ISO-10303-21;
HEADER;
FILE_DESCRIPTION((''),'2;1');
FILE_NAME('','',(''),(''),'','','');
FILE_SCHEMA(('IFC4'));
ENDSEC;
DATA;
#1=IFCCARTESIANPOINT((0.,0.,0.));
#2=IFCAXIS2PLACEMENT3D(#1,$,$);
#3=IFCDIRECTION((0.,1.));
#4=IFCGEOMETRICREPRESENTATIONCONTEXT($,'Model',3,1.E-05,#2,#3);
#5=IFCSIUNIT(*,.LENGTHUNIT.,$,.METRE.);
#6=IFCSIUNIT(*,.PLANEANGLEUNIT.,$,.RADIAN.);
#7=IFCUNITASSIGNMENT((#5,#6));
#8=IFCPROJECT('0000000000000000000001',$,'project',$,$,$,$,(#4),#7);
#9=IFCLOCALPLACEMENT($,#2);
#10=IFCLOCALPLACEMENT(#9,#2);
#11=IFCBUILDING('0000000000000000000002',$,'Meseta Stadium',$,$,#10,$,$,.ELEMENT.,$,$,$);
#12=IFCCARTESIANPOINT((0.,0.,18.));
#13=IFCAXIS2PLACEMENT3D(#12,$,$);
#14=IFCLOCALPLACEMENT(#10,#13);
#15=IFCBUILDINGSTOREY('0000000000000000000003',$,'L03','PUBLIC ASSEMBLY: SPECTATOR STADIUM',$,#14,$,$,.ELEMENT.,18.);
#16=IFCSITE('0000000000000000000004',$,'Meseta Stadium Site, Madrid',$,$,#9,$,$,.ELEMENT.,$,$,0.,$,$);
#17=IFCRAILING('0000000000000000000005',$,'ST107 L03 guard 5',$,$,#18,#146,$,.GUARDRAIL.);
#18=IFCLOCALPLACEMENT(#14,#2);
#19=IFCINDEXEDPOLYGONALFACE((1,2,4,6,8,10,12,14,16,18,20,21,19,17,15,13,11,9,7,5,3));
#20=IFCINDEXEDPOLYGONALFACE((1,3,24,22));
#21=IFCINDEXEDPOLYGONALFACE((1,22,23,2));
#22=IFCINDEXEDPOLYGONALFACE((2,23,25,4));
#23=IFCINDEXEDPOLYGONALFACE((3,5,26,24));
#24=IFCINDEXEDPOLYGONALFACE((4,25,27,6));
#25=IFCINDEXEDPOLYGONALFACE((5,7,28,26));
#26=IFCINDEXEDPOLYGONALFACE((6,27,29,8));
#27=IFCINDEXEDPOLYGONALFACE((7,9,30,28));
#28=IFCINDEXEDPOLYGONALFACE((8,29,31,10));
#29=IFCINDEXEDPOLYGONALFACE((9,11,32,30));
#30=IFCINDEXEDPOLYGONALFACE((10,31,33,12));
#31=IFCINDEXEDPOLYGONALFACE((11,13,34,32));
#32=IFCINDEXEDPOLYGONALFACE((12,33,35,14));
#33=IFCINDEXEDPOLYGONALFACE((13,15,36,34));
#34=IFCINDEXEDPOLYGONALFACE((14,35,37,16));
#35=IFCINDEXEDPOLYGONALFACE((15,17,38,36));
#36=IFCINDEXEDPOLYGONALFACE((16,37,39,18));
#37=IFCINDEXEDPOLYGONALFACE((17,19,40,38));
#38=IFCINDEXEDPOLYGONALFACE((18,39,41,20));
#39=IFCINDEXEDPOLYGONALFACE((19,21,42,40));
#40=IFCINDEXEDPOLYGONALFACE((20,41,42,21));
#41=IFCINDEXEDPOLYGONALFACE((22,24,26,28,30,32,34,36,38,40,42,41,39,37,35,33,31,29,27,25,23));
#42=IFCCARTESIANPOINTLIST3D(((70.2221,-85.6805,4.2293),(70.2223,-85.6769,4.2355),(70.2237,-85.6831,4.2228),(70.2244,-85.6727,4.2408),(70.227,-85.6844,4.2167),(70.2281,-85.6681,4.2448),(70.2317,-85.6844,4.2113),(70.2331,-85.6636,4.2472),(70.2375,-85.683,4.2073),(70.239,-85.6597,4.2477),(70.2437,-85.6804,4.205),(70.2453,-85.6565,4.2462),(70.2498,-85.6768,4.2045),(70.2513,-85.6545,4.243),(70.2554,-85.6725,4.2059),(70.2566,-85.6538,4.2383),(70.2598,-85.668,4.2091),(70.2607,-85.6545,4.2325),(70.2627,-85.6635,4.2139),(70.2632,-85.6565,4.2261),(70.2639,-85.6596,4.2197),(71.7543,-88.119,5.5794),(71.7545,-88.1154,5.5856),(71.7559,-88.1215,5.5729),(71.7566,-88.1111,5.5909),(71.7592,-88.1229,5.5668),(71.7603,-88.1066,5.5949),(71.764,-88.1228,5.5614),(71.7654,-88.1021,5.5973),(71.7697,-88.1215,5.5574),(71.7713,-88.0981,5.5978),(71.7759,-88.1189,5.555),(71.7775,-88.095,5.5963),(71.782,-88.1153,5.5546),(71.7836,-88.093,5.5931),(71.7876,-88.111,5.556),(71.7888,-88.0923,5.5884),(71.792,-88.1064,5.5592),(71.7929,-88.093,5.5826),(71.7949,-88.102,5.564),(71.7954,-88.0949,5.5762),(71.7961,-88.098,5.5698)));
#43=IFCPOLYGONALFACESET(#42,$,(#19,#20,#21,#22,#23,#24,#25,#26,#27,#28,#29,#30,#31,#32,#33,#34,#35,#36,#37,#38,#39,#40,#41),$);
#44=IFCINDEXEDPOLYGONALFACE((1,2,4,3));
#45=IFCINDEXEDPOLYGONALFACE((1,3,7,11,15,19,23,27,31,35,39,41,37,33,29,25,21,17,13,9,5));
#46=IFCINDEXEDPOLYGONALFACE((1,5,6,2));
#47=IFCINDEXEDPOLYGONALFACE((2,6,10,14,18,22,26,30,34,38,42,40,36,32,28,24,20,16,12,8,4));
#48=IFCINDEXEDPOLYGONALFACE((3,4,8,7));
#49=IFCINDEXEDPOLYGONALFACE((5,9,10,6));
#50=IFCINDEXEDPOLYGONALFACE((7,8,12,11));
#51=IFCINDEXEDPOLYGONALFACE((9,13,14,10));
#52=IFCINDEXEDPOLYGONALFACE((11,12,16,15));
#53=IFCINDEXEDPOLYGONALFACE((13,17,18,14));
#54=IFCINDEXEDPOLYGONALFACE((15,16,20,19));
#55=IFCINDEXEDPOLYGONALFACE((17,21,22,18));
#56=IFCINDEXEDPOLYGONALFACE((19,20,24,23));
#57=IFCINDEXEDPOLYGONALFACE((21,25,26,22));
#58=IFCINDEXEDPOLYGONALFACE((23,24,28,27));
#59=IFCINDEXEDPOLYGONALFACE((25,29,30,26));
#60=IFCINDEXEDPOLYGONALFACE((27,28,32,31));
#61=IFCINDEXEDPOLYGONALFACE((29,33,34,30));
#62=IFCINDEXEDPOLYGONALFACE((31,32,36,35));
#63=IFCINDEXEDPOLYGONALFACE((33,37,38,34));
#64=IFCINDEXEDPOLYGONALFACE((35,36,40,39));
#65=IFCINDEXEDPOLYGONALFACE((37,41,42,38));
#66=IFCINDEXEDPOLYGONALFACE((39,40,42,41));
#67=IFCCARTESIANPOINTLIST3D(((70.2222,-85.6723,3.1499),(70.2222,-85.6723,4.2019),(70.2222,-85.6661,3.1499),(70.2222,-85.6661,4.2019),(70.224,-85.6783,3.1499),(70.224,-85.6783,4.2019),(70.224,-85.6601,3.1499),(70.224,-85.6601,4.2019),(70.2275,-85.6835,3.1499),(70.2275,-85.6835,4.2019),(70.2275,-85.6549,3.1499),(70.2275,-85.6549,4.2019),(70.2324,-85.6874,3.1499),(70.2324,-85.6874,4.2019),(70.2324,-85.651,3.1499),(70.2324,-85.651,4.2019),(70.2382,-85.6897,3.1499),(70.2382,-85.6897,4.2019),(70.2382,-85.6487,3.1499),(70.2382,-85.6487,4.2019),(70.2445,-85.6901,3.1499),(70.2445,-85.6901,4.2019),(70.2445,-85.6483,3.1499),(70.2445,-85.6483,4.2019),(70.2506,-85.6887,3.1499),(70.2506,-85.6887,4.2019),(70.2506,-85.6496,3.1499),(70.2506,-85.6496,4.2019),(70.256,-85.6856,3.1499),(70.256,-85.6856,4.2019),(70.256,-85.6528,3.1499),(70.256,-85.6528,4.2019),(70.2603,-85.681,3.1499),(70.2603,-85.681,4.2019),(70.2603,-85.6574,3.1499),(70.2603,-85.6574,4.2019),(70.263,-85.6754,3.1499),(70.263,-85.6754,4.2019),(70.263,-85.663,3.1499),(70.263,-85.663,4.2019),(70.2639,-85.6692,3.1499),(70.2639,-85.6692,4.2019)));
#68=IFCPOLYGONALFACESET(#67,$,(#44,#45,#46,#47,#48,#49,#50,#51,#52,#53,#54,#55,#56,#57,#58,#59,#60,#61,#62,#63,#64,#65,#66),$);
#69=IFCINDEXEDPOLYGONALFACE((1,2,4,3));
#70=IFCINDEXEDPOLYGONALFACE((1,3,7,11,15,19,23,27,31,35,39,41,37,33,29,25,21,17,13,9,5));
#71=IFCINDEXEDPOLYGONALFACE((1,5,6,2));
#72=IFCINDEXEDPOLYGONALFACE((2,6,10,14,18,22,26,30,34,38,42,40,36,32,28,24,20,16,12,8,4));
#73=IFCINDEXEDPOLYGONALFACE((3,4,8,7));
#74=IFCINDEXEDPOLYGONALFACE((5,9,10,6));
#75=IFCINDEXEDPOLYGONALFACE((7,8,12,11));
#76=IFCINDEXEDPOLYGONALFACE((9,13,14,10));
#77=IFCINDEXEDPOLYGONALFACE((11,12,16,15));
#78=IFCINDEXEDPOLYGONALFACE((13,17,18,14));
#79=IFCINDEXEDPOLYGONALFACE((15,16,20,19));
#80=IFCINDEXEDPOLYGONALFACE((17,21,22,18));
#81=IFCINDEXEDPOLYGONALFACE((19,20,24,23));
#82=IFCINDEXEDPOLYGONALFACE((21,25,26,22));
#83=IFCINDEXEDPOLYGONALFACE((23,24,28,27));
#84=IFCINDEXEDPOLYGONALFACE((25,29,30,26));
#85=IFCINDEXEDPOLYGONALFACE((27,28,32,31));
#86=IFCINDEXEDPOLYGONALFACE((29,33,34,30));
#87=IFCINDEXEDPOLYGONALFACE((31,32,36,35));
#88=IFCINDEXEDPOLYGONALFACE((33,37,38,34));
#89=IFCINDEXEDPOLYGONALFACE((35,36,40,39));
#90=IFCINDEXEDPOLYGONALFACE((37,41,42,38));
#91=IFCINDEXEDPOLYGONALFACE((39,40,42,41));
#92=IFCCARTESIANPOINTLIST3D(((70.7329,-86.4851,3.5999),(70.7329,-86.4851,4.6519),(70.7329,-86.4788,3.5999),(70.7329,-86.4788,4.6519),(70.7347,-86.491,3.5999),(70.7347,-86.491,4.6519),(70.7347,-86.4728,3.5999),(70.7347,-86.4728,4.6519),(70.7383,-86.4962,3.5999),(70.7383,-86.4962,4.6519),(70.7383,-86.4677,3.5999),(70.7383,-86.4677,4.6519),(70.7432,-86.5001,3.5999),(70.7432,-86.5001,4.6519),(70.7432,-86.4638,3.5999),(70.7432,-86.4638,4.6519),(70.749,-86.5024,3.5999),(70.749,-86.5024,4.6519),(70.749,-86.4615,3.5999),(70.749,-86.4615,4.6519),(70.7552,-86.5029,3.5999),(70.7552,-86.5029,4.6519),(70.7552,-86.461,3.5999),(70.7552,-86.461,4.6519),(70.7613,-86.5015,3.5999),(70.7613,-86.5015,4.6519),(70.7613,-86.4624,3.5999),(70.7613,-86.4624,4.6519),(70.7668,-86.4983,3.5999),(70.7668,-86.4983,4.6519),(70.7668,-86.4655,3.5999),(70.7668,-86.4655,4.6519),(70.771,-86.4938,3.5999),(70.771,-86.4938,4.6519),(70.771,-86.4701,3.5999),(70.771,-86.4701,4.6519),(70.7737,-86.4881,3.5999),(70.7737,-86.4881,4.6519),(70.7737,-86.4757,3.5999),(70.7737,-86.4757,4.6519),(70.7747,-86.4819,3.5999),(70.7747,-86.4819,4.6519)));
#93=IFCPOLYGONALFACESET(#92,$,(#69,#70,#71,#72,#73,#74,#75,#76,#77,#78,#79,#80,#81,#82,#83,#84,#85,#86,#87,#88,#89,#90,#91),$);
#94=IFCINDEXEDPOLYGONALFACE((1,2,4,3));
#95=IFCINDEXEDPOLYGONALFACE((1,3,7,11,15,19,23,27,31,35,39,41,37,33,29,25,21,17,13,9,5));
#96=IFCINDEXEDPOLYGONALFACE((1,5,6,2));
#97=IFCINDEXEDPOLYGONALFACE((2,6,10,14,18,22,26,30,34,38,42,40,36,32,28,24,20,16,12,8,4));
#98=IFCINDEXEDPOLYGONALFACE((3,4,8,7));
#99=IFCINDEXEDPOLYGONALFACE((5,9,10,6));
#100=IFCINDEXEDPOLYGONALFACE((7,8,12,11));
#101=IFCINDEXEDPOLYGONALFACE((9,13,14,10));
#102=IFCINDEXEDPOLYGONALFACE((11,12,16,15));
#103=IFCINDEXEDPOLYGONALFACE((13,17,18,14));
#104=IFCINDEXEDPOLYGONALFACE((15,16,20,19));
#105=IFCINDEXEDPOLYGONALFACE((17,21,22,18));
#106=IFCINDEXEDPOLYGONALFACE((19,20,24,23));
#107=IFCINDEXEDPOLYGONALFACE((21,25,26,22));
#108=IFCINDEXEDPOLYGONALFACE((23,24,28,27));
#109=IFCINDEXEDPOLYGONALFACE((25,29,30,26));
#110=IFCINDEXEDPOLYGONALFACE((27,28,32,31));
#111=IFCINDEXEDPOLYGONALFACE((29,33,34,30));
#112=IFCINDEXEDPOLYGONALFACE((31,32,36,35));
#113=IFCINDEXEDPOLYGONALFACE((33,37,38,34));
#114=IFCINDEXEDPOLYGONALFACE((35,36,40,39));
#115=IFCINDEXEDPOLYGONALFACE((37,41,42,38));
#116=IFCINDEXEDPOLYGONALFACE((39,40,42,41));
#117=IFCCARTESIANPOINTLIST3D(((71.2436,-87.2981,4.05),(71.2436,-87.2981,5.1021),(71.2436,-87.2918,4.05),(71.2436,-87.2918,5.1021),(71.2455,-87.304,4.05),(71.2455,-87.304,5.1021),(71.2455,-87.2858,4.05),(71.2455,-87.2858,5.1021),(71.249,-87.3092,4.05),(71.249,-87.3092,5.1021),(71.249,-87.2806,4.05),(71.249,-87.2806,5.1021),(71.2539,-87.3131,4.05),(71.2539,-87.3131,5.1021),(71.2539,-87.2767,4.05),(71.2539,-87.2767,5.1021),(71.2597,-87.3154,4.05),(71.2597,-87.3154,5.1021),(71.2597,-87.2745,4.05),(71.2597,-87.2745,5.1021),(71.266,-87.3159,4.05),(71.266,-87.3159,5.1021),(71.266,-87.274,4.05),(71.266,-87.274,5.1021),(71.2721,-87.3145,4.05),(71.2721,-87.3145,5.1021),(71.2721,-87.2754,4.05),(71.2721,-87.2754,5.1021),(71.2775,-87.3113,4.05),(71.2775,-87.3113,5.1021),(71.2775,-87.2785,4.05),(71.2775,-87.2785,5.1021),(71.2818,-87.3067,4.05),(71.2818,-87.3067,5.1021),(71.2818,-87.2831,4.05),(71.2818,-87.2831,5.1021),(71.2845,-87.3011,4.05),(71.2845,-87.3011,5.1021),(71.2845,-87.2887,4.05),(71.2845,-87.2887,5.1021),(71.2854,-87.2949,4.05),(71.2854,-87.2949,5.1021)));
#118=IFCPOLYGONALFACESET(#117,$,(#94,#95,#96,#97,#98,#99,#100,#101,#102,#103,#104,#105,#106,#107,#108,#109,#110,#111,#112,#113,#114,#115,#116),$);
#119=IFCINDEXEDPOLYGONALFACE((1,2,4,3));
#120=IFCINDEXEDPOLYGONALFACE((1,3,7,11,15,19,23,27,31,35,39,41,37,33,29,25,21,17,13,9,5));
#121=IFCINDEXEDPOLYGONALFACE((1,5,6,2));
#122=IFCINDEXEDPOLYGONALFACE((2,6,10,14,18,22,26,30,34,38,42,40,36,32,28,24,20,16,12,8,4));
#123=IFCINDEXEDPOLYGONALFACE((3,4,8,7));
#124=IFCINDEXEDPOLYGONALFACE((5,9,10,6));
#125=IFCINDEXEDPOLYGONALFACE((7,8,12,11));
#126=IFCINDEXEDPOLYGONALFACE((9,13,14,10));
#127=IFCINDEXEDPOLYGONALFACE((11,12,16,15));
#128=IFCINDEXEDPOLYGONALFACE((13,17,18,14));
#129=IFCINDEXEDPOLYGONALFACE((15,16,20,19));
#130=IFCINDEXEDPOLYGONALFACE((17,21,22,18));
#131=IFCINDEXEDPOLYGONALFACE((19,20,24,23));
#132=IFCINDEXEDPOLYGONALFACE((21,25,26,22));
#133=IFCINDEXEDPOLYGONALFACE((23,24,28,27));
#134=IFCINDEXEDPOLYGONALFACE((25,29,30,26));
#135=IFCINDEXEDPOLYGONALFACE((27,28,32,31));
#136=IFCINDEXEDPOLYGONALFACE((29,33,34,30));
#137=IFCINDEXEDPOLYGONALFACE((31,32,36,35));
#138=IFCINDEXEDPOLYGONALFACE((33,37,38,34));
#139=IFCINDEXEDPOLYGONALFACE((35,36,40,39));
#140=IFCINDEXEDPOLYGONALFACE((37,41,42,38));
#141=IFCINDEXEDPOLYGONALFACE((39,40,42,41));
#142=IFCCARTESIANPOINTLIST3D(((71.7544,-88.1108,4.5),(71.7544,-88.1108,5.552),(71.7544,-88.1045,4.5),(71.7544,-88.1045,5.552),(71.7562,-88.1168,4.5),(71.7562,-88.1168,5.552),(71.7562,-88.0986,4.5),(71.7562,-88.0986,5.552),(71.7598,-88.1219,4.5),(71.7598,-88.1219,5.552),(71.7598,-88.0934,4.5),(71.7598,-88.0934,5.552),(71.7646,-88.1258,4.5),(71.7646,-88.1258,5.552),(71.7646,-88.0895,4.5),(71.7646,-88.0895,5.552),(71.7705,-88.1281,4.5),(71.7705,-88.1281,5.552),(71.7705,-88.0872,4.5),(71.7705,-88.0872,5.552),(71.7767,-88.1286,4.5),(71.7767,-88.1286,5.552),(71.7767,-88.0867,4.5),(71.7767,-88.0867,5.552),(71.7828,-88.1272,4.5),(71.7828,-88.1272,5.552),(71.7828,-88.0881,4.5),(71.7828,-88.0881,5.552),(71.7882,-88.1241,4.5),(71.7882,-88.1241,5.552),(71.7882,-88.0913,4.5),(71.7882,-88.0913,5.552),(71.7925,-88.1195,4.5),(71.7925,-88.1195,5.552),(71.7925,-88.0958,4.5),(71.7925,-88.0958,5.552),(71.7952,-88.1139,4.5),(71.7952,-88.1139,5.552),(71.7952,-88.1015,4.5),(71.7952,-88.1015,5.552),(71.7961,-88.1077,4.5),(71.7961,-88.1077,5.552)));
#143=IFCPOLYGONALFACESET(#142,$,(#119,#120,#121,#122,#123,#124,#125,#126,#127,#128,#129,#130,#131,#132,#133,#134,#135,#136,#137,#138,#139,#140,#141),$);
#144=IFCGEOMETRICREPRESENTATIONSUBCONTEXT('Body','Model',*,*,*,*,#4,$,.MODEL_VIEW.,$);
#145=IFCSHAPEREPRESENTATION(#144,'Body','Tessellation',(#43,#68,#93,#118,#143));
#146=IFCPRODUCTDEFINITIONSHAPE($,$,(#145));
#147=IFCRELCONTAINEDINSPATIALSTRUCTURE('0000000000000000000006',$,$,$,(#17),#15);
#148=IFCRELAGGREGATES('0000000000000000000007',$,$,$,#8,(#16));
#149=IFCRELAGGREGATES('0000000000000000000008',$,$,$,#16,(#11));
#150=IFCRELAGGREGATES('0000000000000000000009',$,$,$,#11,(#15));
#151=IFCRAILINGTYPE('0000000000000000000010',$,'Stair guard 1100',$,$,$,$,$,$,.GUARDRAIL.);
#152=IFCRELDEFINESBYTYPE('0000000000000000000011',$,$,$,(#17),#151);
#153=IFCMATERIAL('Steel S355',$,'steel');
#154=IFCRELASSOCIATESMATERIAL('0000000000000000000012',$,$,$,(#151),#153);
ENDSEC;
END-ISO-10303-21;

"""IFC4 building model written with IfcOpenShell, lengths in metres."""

from ifc_helpers import new_model, si_unit, direction, frame, origin, origin_2d, place, context, subcontext, project, spatial, circle, extrude, material, type_object, element, save


model = new_model("IFC4")

# Units and contexts
model_context = context("Model", 3, precision=1e-05, world=origin(), true_north=direction((0.0, 1.0)))
body_context = subcontext(model_context, "Body", "Model", "MODEL_VIEW")
ifc_project = project(units=[si_unit("LENGTHUNIT", "METRE"), si_unit("PLANEANGLEUNIT", "RADIAN")], contexts=[model_context])

# Site, building, storey
site_placement = place(None, origin())
site = spatial("IfcSite", under=ifc_project, at=site_placement, Name="Meseta Stadium Site, Madrid", CompositionType="ELEMENT", RefElevation=0.0)
building_placement = place(site_placement, origin())
building = spatial("IfcBuilding", under=site, at=building_placement, Name="Meseta Stadium", CompositionType="ELEMENT")
storey_placement = place(building_placement, frame((0.0, 0.0, 18.0)))
storey = spatial("IfcBuildingStorey", under=building, at=storey_placement, Name="L03", Description="PUBLIC ASSEMBLY: SPECTATOR STADIUM", CompositionType="ELEMENT", Elevation=18.0)

# Railing
ifc_material_1 = material(Name="Steel S355", Category="steel")
railing_type_1 = type_object("IfcRailingType", Name="Stair guard 1100", PredefinedType="GUARDRAIL", material=ifc_material_1)
railing_1_placement = place(storey_placement, frame((70.2429, -85.6692, 3.1499)))
element("IfcRailing", 1, at=railing_1_placement, inside=storey, type_object=railing_type_1, Name="ST107 L03 guard 5", PredefinedType="GUARDRAIL", context=body_context, shape_type="SweptSolid", body=[
    extrude(circle(Radius=0.0239, at=origin_2d()), frame((0.0, 0.0, 1.0762), z_axis=(0.481731, -0.766655, 0.42447), x_axis=(0.846719, 0.53204, 0.0)), (0.0, 0.0, 1.0), 3.1807),
    extrude(circle(Radius=0.021, at=origin_2d()), origin(), (0.0, 0.0, 1.0), 1.052),
    extrude(circle(Radius=0.021, at=origin_2d()), frame((0.5107, -0.8127, 0.45)), (0.0, 0.0, 1.0), 1.052),
    extrude(circle(Radius=0.021, at=origin_2d()), frame((1.0215, -1.6257, 0.9001)), (0.0, 0.0, 1.0), 1.052),
    extrude(circle(Radius=0.021, at=origin_2d()), frame((1.5322, -2.4385, 1.3501)), (0.0, 0.0, 1.0), 1.052),
])

save(model, "model.ifc")
